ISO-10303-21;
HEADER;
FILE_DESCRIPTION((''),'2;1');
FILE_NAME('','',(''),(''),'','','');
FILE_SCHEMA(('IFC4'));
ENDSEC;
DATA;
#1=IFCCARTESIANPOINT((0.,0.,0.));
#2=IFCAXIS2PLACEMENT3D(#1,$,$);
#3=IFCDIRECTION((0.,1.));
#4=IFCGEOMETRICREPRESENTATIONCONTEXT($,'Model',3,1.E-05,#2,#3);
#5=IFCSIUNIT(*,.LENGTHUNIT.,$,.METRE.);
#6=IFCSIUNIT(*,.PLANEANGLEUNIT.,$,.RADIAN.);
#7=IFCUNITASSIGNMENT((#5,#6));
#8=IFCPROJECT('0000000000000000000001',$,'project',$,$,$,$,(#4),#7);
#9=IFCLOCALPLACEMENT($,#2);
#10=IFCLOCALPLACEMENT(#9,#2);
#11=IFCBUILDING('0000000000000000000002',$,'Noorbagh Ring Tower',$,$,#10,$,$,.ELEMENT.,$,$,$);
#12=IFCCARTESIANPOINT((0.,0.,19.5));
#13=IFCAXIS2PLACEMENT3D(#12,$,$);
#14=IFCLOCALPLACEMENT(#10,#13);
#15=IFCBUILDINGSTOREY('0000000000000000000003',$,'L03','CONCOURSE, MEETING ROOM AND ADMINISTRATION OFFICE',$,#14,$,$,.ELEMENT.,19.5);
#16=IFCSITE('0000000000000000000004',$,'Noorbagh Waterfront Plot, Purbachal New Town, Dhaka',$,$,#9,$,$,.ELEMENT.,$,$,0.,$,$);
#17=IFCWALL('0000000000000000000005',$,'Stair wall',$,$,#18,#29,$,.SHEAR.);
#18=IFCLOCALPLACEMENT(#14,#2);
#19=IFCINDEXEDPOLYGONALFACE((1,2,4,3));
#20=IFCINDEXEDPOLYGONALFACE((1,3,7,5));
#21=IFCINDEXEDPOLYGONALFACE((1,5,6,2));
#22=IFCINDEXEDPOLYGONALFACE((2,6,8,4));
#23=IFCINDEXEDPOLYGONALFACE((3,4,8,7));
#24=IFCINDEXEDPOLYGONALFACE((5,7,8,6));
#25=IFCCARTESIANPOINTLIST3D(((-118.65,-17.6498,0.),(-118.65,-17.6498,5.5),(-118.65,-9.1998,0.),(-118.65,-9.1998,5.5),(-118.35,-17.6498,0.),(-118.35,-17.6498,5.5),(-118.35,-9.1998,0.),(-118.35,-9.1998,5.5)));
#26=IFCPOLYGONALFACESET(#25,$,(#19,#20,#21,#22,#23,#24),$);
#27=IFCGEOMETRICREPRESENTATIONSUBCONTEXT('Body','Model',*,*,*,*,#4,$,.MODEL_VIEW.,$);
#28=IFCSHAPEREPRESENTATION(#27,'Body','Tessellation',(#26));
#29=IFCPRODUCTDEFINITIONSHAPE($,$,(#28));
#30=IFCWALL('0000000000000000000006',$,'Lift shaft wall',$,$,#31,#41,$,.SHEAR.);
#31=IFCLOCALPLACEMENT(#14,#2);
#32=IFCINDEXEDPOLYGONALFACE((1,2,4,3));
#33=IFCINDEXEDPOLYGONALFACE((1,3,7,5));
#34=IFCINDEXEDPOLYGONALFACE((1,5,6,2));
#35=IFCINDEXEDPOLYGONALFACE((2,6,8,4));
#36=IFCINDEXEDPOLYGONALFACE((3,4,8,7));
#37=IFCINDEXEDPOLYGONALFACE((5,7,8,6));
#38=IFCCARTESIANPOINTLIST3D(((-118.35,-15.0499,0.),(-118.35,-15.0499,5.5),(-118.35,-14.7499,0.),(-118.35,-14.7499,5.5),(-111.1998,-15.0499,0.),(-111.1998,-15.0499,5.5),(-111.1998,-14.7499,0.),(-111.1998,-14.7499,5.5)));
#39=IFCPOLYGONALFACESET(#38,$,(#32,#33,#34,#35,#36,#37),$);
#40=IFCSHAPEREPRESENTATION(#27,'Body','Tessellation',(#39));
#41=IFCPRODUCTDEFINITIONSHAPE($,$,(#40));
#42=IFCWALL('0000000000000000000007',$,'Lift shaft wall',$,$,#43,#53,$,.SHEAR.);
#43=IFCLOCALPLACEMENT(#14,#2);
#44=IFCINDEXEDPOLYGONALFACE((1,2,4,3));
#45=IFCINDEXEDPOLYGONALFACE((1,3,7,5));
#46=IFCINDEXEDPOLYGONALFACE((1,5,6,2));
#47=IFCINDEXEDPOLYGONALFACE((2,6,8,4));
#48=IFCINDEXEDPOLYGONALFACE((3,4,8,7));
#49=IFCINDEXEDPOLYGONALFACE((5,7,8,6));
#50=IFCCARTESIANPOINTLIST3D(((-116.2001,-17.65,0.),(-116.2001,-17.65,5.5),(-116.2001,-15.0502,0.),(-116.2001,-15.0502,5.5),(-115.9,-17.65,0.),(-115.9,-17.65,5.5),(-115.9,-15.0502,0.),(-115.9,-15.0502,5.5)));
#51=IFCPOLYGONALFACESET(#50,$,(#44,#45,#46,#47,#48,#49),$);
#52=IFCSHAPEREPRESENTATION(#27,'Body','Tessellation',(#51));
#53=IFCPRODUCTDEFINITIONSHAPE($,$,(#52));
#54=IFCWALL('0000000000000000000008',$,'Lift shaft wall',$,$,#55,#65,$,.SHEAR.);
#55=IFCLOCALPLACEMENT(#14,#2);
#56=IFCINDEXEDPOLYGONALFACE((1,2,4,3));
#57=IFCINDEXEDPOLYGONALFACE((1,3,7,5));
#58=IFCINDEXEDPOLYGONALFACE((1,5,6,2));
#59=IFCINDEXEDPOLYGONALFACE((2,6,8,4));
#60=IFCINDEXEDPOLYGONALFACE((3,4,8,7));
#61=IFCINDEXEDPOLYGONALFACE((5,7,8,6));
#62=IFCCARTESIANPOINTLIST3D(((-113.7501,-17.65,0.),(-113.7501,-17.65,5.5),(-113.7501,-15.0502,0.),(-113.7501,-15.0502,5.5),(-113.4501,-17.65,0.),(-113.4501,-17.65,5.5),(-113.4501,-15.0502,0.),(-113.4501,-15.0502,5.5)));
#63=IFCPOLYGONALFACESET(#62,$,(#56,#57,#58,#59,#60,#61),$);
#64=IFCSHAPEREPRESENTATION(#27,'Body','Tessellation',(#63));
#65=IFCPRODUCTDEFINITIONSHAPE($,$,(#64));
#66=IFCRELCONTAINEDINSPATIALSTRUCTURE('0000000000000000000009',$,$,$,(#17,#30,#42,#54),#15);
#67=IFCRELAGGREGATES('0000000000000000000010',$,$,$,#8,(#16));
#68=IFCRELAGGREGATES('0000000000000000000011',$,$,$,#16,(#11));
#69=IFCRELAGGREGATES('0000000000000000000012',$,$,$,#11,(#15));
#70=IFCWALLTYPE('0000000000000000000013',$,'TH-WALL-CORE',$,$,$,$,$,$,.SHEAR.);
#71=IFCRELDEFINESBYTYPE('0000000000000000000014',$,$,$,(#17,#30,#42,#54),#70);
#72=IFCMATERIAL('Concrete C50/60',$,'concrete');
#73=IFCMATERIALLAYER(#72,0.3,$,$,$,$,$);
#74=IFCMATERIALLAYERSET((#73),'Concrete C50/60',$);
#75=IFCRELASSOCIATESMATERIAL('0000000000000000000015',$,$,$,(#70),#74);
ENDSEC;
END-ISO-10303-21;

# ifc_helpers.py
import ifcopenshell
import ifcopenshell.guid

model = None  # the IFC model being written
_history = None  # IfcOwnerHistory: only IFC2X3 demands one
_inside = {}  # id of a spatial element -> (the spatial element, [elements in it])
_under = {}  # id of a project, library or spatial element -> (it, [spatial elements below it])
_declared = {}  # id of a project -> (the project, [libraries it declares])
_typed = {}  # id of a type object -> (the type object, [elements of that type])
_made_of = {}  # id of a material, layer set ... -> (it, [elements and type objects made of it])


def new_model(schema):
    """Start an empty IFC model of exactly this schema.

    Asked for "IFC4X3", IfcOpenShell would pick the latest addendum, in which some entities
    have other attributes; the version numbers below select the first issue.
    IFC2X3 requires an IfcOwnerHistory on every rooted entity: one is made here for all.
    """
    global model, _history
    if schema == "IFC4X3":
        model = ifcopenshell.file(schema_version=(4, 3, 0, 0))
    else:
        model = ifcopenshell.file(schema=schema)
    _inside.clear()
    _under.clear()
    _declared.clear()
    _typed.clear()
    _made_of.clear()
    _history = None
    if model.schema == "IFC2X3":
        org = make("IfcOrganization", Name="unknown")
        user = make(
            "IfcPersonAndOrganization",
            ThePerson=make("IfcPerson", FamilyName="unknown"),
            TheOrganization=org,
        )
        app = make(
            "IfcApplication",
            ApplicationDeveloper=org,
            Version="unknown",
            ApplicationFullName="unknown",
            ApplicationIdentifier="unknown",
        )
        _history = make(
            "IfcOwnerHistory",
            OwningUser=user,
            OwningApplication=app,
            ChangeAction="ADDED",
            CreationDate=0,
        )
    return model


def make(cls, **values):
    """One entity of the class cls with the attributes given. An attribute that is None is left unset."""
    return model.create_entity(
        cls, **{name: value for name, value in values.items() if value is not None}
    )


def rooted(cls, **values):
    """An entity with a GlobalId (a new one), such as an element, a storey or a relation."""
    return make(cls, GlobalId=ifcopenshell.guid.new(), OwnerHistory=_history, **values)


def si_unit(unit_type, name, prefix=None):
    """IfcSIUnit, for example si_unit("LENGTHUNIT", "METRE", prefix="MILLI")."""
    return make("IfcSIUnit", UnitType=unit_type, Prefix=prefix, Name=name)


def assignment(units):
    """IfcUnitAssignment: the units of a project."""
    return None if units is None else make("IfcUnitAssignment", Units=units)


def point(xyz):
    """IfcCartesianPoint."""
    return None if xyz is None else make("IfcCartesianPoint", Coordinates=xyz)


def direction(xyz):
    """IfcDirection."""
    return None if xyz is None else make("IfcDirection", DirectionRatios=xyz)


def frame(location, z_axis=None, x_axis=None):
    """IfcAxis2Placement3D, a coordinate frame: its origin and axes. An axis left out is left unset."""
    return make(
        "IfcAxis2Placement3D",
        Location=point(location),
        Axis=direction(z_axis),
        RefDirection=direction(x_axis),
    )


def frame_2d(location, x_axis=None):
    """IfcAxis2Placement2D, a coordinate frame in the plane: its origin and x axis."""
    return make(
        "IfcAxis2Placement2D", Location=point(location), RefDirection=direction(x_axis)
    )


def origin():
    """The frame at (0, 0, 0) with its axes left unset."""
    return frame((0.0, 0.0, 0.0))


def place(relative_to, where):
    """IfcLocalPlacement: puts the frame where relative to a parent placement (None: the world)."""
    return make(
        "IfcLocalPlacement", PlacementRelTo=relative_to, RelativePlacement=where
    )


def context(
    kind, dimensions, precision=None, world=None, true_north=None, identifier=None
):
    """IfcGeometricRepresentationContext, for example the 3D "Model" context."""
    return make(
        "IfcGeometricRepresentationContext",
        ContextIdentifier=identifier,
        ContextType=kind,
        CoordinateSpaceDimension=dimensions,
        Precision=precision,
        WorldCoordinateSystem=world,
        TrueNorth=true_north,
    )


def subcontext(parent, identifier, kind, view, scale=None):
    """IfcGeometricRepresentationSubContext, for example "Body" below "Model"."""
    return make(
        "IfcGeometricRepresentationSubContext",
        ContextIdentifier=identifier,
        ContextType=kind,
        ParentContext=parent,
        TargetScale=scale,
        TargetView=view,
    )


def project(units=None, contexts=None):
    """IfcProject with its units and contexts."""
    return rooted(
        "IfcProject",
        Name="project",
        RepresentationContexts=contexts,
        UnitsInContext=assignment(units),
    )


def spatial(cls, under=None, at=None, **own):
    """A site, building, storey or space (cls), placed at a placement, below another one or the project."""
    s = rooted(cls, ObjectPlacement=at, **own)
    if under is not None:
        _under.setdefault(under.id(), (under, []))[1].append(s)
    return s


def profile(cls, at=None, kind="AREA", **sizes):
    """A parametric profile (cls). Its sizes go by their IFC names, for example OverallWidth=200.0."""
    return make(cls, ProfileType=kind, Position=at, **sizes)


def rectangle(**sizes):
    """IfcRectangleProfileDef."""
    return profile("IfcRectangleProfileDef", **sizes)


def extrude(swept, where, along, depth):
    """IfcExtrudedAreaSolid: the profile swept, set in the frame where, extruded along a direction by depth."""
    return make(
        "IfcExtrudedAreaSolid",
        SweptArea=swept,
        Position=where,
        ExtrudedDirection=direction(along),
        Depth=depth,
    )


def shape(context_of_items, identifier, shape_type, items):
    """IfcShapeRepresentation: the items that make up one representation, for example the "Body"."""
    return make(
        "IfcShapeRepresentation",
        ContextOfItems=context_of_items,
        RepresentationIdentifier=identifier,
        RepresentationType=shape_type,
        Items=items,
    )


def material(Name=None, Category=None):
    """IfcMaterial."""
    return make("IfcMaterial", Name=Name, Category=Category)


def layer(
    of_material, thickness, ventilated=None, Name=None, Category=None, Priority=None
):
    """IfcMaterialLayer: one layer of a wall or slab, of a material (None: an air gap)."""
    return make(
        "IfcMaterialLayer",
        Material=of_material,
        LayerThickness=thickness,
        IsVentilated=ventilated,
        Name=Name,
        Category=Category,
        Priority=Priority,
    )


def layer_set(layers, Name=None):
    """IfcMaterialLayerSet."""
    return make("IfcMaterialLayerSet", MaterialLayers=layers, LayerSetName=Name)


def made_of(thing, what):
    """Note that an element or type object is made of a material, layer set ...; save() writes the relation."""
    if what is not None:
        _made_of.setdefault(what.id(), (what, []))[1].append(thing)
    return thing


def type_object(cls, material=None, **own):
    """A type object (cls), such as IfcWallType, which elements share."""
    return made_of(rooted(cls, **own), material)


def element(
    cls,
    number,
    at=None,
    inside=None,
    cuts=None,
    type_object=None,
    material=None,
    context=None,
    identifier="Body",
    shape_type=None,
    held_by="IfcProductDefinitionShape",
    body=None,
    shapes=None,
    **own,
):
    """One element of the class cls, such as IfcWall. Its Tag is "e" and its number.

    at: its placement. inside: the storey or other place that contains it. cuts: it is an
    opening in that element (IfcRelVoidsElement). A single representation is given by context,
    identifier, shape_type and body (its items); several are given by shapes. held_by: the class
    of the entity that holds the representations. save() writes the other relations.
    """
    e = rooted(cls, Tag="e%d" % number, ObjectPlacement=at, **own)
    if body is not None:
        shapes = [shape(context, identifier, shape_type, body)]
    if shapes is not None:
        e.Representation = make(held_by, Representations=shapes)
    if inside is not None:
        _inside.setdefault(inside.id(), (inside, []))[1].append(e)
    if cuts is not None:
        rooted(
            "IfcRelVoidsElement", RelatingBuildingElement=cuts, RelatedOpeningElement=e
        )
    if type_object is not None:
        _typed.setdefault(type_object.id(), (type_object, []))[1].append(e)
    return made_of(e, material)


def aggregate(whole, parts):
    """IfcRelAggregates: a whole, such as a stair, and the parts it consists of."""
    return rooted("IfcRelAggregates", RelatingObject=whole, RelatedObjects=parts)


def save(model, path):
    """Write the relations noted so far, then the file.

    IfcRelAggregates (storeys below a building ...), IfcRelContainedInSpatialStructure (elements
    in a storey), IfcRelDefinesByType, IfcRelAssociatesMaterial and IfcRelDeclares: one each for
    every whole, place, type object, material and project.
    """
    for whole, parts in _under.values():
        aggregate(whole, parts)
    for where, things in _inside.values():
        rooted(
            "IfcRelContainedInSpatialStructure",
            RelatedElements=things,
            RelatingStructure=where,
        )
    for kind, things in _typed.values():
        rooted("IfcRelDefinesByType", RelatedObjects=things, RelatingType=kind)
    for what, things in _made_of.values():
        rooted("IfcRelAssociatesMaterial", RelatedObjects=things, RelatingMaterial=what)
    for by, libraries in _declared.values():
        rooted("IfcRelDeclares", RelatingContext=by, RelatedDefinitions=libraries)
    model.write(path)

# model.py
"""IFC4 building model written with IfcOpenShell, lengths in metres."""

from ifc_helpers import new_model, si_unit, direction, frame, frame_2d, origin, place, context, subcontext, project, spatial, rectangle, extrude, material, layer, layer_set, type_object, element, save


model = new_model("IFC4")

# Units and contexts
model_context = context("Model", 3, precision=1e-05, world=origin(), true_north=direction((0.0, 1.0)))
body_context = subcontext(model_context, "Body", "Model", "MODEL_VIEW")
ifc_project = project(units=[si_unit("LENGTHUNIT", "METRE"), si_unit("PLANEANGLEUNIT", "RADIAN")], contexts=[model_context])

# Site, building, storey
site_placement = place(None, origin())
site = spatial("IfcSite", under=ifc_project, at=site_placement, Name="Noorbagh Waterfront Plot, Purbachal New Town, Dhaka", CompositionType="ELEMENT", RefElevation=0.0)
building_placement = place(site_placement, origin())
building = spatial("IfcBuilding", under=site, at=building_placement, Name="Noorbagh Ring Tower", CompositionType="ELEMENT")
storey_placement = place(building_placement, frame((0.0, 0.0, 19.5)))
storey = spatial("IfcBuildingStorey", under=building, at=storey_placement, Name="L03", Description="CONCOURSE, MEETING ROOM AND ADMINISTRATION OFFICE", CompositionType="ELEMENT", Elevation=19.5)

# Walls
ifc_material_1 = material(Name="Concrete C50/60", Category="concrete")
ifc_layer_1 = layer(ifc_material_1, 0.3)
ifc_layer_set_1 = layer_set([ifc_layer_1], Name="Concrete C50/60")
wall_type_1 = type_object("IfcWallType", Name="TH-WALL-CORE", PredefinedType="SHEAR", material=ifc_layer_set_1)
wall_1_placement = place(storey_placement, frame((-118.5, -17.6499, 0.0), z_axis=(0.0, 0.0, 1.0), x_axis=(0.0, 1.0, 0.0)))
element("IfcWall", 1, at=wall_1_placement, inside=storey, type_object=wall_type_1, Name="Stair wall", PredefinedType="SHEAR", context=body_context, shape_type="SweptSolid", body=[
    extrude(rectangle(XDim=8.45, YDim=0.3, at=frame_2d((4.2251, 0.0))), origin(), (0.0, 0.0, 1.0), 5.5),
])
wall_2_placement = place(storey_placement, frame((-118.3501, -14.8999, 0.0), z_axis=(0.0, 0.0, 1.0), x_axis=(1.0, 0.0, 0.0)))
element("IfcWall", 2, at=wall_2_placement, inside=storey, type_object=wall_type_1, Name="Lift shaft wall", PredefinedType="SHEAR", context=body_context, shape_type="SweptSolid", body=[
    extrude(rectangle(XDim=7.1501, YDim=0.3, at=frame_2d((3.5752, 0.0))), origin(), (0.0, 0.0, 1.0), 5.5),
])
for number, where, z_axis, x_axis, name in (
    (3, (-116.05, -17.6499, 0.0), (0.0, 0.0, 1.0), (0.0, 1.0, 0.0), "Lift shaft wall"),
    (4, (-113.6001, -17.6499, 0.0), (0.0, 0.0, 1.0), (0.0, 1.0, 0.0), "Lift shaft wall"),
):
    element("IfcWall", number, at=place(storey_placement, frame(where, z_axis=z_axis, x_axis=x_axis)), inside=storey, type_object=wall_type_1, Name=name, PredefinedType="SHEAR", context=body_context, shape_type="SweptSolid", body=[
        extrude(rectangle(XDim=2.5999, YDim=0.3, at=frame_2d((1.2998, 0.0))), origin(), (0.0, 0.0, 1.0), 5.5),
    ])

save(model, "model.ifc")
